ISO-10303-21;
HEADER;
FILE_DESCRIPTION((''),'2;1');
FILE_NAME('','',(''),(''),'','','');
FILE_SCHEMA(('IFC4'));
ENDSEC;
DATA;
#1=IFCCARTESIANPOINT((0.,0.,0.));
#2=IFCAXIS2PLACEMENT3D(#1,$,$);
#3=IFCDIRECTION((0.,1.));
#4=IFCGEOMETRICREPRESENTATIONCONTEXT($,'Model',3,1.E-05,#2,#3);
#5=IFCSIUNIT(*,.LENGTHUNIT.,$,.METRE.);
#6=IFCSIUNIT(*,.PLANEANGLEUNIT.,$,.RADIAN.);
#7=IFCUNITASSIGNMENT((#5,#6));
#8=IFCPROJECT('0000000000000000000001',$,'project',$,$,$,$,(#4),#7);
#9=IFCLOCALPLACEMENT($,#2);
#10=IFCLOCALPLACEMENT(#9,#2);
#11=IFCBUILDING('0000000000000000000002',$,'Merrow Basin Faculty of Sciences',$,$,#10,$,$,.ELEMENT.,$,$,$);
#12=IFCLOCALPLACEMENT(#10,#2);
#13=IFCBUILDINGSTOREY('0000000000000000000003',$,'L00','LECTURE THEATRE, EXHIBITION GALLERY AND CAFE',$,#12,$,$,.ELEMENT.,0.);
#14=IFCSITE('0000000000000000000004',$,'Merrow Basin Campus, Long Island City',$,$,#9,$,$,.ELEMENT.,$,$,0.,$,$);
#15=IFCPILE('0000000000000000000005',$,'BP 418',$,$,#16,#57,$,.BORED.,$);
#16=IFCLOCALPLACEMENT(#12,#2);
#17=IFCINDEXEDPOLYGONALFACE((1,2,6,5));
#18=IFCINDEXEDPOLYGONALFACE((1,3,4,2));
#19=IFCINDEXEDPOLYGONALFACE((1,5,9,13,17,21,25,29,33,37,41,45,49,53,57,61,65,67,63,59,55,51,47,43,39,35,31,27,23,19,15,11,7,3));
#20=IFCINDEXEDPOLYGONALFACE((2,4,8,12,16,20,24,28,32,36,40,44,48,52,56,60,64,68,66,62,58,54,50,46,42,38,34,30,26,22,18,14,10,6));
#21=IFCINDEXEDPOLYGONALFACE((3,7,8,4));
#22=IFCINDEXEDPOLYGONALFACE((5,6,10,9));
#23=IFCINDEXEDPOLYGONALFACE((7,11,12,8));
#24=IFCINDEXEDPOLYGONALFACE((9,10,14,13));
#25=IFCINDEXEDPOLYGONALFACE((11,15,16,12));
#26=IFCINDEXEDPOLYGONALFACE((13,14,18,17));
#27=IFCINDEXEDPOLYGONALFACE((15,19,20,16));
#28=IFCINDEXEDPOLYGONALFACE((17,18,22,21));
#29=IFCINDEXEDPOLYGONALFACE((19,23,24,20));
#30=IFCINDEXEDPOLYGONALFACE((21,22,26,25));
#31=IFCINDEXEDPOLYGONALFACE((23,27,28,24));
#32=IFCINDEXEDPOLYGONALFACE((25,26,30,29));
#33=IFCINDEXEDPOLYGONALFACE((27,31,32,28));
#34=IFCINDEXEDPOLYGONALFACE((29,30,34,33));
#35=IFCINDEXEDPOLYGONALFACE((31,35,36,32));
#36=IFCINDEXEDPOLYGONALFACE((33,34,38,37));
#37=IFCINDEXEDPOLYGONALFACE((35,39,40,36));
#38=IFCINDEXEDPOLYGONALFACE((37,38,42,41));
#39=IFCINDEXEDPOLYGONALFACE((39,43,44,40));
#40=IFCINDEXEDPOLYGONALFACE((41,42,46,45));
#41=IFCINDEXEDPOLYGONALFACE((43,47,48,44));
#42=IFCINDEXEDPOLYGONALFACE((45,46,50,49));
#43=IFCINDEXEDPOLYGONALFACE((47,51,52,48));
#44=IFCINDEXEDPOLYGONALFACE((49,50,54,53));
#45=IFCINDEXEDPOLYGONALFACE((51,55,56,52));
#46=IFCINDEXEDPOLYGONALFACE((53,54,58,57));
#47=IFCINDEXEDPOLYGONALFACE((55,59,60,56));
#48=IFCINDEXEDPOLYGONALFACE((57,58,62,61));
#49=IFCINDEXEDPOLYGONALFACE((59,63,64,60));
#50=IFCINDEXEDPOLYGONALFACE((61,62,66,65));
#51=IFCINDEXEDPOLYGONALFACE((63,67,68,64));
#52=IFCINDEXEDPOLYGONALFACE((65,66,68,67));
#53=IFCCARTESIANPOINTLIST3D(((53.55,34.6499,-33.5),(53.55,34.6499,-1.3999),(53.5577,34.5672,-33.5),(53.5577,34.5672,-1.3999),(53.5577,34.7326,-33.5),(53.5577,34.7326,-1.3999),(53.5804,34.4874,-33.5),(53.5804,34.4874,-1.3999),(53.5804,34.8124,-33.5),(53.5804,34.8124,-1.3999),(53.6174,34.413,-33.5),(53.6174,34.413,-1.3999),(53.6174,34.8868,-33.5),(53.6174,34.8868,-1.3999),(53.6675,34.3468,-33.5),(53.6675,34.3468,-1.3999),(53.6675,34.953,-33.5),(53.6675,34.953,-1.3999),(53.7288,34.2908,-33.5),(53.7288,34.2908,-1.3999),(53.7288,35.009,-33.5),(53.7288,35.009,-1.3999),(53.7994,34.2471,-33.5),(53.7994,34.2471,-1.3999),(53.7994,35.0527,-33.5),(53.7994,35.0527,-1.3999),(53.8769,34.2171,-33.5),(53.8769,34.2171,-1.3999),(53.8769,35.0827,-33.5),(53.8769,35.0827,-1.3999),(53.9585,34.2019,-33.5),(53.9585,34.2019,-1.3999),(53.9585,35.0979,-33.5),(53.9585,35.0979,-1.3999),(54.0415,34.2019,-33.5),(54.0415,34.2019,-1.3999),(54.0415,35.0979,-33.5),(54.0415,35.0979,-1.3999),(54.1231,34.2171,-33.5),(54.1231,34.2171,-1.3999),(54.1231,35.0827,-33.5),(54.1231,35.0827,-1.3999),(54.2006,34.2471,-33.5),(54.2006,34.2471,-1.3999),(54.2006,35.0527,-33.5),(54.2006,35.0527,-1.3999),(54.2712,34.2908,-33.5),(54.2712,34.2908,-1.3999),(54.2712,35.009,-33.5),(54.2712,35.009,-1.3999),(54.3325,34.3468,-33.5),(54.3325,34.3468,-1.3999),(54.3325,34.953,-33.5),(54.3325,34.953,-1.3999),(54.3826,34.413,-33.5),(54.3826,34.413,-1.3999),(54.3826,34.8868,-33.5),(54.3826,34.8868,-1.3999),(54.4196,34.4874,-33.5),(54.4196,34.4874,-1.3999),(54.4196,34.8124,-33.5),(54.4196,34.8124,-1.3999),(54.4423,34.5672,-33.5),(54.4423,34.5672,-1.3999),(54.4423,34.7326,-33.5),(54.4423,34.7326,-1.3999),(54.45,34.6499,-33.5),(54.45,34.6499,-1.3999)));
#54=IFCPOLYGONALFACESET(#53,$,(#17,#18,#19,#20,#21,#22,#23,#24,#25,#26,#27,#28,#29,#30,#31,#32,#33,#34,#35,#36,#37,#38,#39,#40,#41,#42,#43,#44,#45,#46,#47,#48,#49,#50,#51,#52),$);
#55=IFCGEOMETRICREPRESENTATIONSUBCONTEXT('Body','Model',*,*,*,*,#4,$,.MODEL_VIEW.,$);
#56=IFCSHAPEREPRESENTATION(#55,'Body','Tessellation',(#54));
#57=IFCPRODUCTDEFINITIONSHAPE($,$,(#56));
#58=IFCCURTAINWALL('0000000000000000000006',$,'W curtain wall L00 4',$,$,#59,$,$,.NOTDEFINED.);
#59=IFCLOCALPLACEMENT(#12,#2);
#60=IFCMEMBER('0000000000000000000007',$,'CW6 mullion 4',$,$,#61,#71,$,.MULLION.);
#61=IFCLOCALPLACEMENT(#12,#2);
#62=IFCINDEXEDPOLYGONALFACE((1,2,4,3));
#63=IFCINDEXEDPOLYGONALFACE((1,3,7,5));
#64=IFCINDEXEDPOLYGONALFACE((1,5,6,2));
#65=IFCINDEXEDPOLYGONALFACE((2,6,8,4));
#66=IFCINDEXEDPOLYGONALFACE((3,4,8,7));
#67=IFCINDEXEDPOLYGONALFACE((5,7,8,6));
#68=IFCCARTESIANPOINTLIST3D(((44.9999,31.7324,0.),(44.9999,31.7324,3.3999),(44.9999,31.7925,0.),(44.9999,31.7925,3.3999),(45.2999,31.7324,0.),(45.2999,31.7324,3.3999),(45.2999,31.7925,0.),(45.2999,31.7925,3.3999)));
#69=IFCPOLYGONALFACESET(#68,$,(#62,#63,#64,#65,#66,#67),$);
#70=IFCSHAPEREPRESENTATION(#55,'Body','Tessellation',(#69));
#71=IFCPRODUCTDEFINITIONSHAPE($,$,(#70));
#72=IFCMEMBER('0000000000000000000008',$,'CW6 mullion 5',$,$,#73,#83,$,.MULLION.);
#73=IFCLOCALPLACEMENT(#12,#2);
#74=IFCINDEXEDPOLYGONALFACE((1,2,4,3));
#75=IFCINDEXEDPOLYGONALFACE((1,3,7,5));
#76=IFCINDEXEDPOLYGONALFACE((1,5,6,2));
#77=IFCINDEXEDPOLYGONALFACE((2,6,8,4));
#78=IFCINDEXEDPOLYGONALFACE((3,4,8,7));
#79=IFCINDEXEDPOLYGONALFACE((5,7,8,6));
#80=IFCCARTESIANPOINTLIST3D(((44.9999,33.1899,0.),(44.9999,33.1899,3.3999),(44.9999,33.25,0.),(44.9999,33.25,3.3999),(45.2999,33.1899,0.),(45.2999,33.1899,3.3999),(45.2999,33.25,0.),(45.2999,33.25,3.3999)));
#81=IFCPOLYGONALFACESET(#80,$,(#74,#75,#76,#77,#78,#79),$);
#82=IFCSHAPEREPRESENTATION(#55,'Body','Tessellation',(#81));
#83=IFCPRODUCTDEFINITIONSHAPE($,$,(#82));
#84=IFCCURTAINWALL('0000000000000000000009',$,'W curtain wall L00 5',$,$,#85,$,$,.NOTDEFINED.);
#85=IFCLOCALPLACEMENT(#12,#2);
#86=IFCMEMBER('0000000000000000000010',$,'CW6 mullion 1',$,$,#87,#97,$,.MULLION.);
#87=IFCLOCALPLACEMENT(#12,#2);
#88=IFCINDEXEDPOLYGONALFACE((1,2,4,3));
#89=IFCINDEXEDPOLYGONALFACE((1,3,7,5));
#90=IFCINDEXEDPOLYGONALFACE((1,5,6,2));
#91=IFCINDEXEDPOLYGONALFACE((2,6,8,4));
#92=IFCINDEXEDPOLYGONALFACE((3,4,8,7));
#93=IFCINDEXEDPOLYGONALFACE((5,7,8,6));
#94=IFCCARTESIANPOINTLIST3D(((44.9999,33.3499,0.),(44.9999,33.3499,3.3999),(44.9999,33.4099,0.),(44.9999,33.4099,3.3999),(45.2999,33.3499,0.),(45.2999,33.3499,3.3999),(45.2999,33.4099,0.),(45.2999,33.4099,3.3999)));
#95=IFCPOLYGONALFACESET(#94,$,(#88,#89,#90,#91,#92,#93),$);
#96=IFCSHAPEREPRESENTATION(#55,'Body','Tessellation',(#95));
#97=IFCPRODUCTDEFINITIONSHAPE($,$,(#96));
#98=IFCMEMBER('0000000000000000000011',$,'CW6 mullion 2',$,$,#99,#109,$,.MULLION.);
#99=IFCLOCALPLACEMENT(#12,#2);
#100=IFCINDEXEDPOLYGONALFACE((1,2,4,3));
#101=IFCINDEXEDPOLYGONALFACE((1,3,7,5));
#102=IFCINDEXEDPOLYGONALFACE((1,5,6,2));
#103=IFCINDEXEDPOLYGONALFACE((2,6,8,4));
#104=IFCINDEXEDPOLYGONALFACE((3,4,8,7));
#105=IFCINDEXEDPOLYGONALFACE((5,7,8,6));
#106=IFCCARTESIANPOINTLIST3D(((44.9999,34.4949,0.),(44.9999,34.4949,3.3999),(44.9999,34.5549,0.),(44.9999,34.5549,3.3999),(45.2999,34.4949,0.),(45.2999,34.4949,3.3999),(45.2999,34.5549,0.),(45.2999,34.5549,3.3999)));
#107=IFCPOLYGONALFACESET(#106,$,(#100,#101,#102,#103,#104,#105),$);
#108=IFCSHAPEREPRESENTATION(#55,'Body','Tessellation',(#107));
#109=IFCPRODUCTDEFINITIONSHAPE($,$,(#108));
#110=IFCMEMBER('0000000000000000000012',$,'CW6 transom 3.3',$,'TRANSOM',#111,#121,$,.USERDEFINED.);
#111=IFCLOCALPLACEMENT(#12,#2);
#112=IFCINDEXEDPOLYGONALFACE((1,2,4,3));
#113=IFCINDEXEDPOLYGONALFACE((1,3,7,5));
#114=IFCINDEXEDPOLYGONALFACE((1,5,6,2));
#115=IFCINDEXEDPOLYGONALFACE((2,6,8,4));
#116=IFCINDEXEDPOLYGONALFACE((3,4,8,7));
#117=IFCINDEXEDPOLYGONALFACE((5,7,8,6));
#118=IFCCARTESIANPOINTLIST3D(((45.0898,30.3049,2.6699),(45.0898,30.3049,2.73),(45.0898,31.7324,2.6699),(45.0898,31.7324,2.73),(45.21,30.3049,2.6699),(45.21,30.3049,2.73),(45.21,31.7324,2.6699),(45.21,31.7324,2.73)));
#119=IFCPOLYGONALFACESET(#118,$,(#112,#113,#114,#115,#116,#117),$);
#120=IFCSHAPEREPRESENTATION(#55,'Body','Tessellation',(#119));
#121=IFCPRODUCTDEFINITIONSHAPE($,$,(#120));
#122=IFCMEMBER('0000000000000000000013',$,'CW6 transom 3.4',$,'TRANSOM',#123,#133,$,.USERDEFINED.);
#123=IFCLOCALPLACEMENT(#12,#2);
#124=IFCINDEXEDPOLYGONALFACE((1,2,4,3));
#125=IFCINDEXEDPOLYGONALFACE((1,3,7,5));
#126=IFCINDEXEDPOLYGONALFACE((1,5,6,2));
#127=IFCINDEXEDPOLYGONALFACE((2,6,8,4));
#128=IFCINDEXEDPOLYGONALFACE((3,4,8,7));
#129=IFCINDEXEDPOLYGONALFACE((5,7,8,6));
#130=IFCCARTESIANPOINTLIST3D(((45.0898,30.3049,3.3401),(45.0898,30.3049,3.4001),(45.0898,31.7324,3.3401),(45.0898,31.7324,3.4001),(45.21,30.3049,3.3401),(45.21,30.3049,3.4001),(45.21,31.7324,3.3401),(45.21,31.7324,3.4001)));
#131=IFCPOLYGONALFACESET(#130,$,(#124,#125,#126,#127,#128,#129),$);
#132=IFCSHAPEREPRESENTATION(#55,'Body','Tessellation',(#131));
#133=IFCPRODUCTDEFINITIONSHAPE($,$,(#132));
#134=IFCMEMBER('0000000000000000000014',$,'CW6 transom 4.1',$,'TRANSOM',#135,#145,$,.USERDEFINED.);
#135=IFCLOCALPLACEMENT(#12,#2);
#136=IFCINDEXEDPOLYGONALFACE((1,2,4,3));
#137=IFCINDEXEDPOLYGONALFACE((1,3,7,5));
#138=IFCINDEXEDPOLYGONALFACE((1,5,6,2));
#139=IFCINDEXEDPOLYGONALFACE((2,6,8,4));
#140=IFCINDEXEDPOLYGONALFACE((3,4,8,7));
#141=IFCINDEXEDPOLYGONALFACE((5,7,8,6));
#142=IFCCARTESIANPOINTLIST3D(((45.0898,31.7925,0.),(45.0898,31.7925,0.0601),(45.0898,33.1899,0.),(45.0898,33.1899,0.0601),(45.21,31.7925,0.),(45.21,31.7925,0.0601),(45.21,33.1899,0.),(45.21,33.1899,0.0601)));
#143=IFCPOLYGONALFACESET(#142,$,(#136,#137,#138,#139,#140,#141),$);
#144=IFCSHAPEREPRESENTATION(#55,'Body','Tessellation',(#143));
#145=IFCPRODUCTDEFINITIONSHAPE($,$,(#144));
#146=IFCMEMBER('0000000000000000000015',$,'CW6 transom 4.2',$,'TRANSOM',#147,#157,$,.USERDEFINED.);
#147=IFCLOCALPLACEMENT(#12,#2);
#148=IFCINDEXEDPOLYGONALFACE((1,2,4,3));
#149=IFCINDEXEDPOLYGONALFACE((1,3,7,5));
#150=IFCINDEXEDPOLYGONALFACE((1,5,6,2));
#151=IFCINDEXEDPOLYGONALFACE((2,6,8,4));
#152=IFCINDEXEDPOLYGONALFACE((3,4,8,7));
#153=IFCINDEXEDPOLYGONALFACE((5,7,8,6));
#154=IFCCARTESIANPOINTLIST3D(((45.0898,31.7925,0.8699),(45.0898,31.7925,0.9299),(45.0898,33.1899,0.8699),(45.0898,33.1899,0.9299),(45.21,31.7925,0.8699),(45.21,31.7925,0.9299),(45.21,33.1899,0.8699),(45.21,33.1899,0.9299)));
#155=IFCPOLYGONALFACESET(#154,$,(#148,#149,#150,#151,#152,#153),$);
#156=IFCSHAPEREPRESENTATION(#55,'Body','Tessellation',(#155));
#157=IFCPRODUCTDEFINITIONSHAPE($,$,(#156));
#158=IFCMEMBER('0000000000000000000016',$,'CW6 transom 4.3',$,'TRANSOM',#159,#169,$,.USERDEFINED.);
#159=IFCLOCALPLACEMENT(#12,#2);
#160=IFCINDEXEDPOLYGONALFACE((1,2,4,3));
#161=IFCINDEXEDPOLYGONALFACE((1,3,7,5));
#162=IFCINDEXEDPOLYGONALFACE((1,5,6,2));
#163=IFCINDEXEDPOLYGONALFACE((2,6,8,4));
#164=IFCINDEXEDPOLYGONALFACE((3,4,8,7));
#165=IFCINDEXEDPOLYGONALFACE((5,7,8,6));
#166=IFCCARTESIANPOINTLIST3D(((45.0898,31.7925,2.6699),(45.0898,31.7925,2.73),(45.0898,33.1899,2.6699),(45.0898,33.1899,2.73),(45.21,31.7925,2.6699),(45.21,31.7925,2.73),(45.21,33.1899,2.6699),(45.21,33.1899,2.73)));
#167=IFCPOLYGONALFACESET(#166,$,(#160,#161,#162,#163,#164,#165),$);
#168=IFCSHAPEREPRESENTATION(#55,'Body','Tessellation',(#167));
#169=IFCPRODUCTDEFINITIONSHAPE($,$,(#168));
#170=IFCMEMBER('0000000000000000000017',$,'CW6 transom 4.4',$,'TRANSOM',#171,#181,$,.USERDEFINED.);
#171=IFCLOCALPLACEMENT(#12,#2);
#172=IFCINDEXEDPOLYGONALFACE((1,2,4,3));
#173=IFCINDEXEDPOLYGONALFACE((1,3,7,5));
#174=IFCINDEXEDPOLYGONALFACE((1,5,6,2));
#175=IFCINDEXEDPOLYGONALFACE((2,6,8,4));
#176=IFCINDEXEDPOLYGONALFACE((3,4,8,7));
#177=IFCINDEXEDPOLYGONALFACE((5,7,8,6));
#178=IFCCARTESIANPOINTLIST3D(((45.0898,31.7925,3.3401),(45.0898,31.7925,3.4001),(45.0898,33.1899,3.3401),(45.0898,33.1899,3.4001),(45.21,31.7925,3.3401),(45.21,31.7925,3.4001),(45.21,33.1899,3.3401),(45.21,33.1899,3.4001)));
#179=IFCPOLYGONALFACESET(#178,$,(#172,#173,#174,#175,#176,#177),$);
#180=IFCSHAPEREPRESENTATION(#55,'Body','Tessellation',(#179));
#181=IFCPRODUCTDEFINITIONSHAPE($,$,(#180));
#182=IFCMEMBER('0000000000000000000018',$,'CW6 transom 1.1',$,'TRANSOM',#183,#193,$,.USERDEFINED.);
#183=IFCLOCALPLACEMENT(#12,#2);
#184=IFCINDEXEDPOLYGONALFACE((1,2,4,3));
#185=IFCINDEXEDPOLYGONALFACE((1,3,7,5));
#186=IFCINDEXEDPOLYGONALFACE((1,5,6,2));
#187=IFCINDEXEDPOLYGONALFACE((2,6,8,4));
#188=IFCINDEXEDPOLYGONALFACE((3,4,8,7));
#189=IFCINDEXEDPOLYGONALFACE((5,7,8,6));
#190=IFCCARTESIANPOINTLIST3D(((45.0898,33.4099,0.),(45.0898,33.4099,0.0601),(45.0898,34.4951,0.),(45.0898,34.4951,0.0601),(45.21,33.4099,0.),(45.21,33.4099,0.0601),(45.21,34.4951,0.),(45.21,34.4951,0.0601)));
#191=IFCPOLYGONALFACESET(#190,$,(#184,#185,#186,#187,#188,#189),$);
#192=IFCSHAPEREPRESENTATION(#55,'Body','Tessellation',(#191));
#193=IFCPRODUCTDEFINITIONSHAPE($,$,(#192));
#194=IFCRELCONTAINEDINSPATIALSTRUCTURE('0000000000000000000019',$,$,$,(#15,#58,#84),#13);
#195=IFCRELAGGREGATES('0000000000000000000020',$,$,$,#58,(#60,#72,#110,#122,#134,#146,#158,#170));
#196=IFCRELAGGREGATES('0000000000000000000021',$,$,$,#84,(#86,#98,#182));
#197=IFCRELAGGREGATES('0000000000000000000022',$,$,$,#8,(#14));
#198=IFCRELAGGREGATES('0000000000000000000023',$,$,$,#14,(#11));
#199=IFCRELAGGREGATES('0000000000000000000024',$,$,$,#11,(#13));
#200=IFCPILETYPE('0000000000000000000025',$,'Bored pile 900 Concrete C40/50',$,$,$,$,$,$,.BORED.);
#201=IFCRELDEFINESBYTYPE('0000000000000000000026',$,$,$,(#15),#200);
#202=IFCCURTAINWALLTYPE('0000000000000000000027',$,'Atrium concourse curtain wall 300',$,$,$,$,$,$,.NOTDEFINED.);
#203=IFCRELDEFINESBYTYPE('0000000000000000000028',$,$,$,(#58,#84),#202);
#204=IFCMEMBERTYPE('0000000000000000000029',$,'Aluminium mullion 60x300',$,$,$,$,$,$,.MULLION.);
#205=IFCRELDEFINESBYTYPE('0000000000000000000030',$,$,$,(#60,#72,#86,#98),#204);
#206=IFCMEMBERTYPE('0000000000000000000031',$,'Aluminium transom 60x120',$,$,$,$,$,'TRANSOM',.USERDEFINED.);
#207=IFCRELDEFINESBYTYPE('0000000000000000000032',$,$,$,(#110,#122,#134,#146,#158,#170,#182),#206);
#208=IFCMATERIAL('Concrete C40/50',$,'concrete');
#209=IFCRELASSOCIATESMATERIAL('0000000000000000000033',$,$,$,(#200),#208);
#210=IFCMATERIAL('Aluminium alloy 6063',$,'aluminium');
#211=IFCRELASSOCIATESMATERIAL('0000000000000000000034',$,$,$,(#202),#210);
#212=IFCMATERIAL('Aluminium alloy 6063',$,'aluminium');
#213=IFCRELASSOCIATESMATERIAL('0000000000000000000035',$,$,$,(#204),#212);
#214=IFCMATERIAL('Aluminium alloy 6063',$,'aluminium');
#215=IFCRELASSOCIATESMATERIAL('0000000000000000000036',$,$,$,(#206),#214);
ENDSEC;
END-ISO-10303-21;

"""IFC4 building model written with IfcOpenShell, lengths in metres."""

from ifc_helpers import new_model, si_unit, direction, frame, origin, origin_2d, place, context, subcontext, project, spatial, rectangle, circle, extrude, material, material_profile, profile_set, type_object, element, aggregate, save


model = new_model("IFC4")

# Units and contexts
model_context = context("Model", 3, precision=1e-05, world=origin(), true_north=direction((0.0, 1.0)))
body_context = subcontext(model_context, "Body", "Model", "MODEL_VIEW")
ifc_project = project(units=[si_unit("LENGTHUNIT", "METRE"), si_unit("PLANEANGLEUNIT", "RADIAN")], contexts=[model_context])

# Site, building, storey
site_placement = place(None, origin())
site = spatial("IfcSite", under=ifc_project, at=site_placement, Name="Merrow Basin Campus, Long Island City", CompositionType="ELEMENT", RefElevation=0.0)
building_placement = place(site_placement, origin())
building = spatial("IfcBuilding", under=site, at=building_placement, Name="Merrow Basin Faculty of Sciences", CompositionType="ELEMENT")
storey_placement = place(building_placement, origin())
storey = spatial("IfcBuildingStorey", under=building, at=storey_placement, Name="L00", Description="LECTURE THEATRE, EXHIBITION GALLERY AND CAFE", CompositionType="ELEMENT", Elevation=0.0)

# Pile
ifc_material_1 = material(Name="Concrete C40/50", Category="concrete")
ifc_material_profile_1 = material_profile(ifc_material_1, circle(Radius=0.45, at=origin_2d()))
ifc_profile_set_1 = profile_set([ifc_material_profile_1], Name="Concrete C40/50")
pile_type = type_object("IfcPileType", Name="Bored pile 900 Concrete C40/50", PredefinedType="BORED", material=ifc_profile_set_1)
pile_placement = place(storey_placement, frame((54.0, 34.6499, -1.3999), z_axis=(0.0, 0.0, -1.0), x_axis=(1.0, 0.0, 0.0)))
element("IfcPile", 1, at=pile_placement, inside=storey, type_object=pile_type, Name="BP 418", PredefinedType="BORED", context=body_context, shape_type="SweptSolid", body=[
    extrude(circle(Radius=0.45, at=origin_2d()), origin(), (0.0, 0.0, 1.0), 32.1001),
])

# Curtain walls, members
ifc_material_2 = material(Name="Aluminium alloy 6063", Category="aluminium")
curtain_wall_type = type_object("IfcCurtainWallType", Name="Atrium concourse curtain wall 300", PredefinedType="NOTDEFINED", material=ifc_material_2)
curtain_wall_1_placement = place(storey_placement, origin())
curtain_wall_1 = element("IfcCurtainWall", 2, at=curtain_wall_1_placement, inside=storey, type_object=curtain_wall_type, Name="W curtain wall L00 4", PredefinedType="NOTDEFINED")
ifc_material_3 = material(Name="Aluminium alloy 6063", Category="aluminium")
ifc_material_profile_2 = material_profile(ifc_material_3, rectangle(XDim=0.3, YDim=0.0601, at=origin_2d()))
ifc_profile_set_2 = profile_set([ifc_material_profile_2], Name="Aluminium alloy 6063")
member_type_1 = type_object("IfcMemberType", Name="Aluminium mullion 60x300", PredefinedType="MULLION", material=ifc_profile_set_2)
member_1_placement = place(storey_placement, frame((45.1499, 31.7625, 0.0), z_axis=(0.0, 0.0, 1.0), x_axis=(-1.0, 0.0, 0.0)))
member_1 = element("IfcMember", 3, at=member_1_placement, type_object=member_type_1, Name="CW6 mullion 4", PredefinedType="MULLION", context=body_context, shape_type="SweptSolid", body=[
    extrude(rectangle(XDim=0.3, YDim=0.0601, at=origin_2d()), origin(), (0.0, 0.0, 1.0), 3.3999),
])
member_2_placement = place(storey_placement, frame((45.1499, 33.22, 0.0), z_axis=(0.0, 0.0, 1.0), x_axis=(-1.0, 0.0, 0.0)))
member_2 = element("IfcMember", 4, at=member_2_placement, type_object=member_type_1, Name="CW6 mullion 5", PredefinedType="MULLION", context=body_context, shape_type="SweptSolid", body=[
    extrude(rectangle(XDim=0.3, YDim=0.0601, at=origin_2d()), origin(), (0.0, 0.0, 1.0), 3.3999),
])
curtain_wall_2_placement = place(storey_placement, origin())
curtain_wall_2 = element("IfcCurtainWall", 5, at=curtain_wall_2_placement, inside=storey, type_object=curtain_wall_type, Name="W curtain wall L00 5", PredefinedType="NOTDEFINED")
member_3_placement = place(storey_placement, frame((45.1499, 33.3799, 0.0), z_axis=(0.0, 0.0, 1.0), x_axis=(-1.0, 0.0, 0.0)))
member_3 = element("IfcMember", 6, at=member_3_placement, type_object=member_type_1, Name="CW6 mullion 1", PredefinedType="MULLION", context=body_context, shape_type="SweptSolid", body=[
    extrude(rectangle(XDim=0.3, YDim=0.0601, at=origin_2d()), origin(), (0.0, 0.0, 1.0), 3.3999),
])
member_4_placement = place(storey_placement, frame((45.1499, 34.5249, 0.0), z_axis=(0.0, 0.0, 1.0), x_axis=(-1.0, 0.0, 0.0)))
member_4 = element("IfcMember", 7, at=member_4_placement, type_object=member_type_1, Name="CW6 mullion 2", PredefinedType="MULLION", context=body_context, shape_type="SweptSolid", body=[
    extrude(rectangle(XDim=0.3, YDim=0.0601, at=origin_2d()), origin(), (0.0, 0.0, 1.0), 3.3999),
])

# Members
ifc_material_4 = material(Name="Aluminium alloy 6063", Category="aluminium")
ifc_material_profile_3 = material_profile(ifc_material_4, rectangle(XDim=0.1201, YDim=0.0601, at=origin_2d()))
ifc_profile_set_3 = profile_set([ifc_material_profile_3], Name="Aluminium alloy 6063")
member_type_2 = type_object("IfcMemberType", Name="Aluminium transom 60x120", ElementType="TRANSOM", PredefinedType="USERDEFINED", material=ifc_profile_set_3)
member_5_placement = place(storey_placement, frame((45.1499, 30.3049, 2.7), z_axis=(0.0, 1.0, 0.0), x_axis=(-1.0, 0.0, 0.0)))
member_5 = element("IfcMember", 8, at=member_5_placement, type_object=member_type_2, Name="CW6 transom 3.3", ObjectType="TRANSOM", PredefinedType="USERDEFINED", context=body_context, shape_type="SweptSolid", body=[
    extrude(rectangle(XDim=0.1201, YDim=0.0601, at=origin_2d()), origin(), (0.0, 0.0, 1.0), 1.4275),
])
member_6_placement = place(storey_placement, frame((45.1499, 30.3049, 3.3701), z_axis=(0.0, 1.0, 0.0), x_axis=(-1.0, 0.0, 0.0)))
member_6 = element("IfcMember", 9, at=member_6_placement, type_object=member_type_2, Name="CW6 transom 3.4", ObjectType="TRANSOM", PredefinedType="USERDEFINED", context=body_context, shape_type="SweptSolid", body=[
    extrude(rectangle(XDim=0.1201, YDim=0.0601, at=origin_2d()), origin(), (0.0, 0.0, 1.0), 1.4275),
])
member_7_placement = place(storey_placement, frame((45.1499, 31.7925, 0.03), z_axis=(0.0, 1.0, 0.0), x_axis=(-1.0, 0.0, 0.0)))
member_7 = element("IfcMember", 10, at=member_7_placement, type_object=member_type_2, Name="CW6 transom 4.1", ObjectType="TRANSOM", PredefinedType="USERDEFINED", context=body_context, shape_type="SweptSolid", body=[
    extrude(rectangle(XDim=0.1201, YDim=0.0601, at=origin_2d()), origin(), (0.0, 0.0, 1.0), 1.3975),
])
member_8_placement = place(storey_placement, frame((45.1499, 31.7925, 0.8999), z_axis=(0.0, 1.0, 0.0), x_axis=(-1.0, 0.0, 0.0)))
member_8 = element("IfcMember", 11, at=member_8_placement, type_object=member_type_2, Name="CW6 transom 4.2", ObjectType="TRANSOM", PredefinedType="USERDEFINED", context=body_context, shape_type="SweptSolid", body=[
    extrude(rectangle(XDim=0.1201, YDim=0.0601, at=origin_2d()), origin(), (0.0, 0.0, 1.0), 1.3975),
])
member_9_placement = place(storey_placement, frame((45.1499, 31.7925, 2.7), z_axis=(0.0, 1.0, 0.0), x_axis=(-1.0, 0.0, 0.0)))
member_9 = element("IfcMember", 12, at=member_9_placement, type_object=member_type_2, Name="CW6 transom 4.3", ObjectType="TRANSOM", PredefinedType="USERDEFINED", context=body_context, shape_type="SweptSolid", body=[
    extrude(rectangle(XDim=0.1201, YDim=0.0601, at=origin_2d()), origin(), (0.0, 0.0, 1.0), 1.3975),
])
member_10_placement = place(storey_placement, frame((45.1499, 31.7925, 3.3701), z_axis=(0.0, 1.0, 0.0), x_axis=(-1.0, 0.0, 0.0)))
member_10 = element("IfcMember", 13, at=member_10_placement, type_object=member_type_2, Name="CW6 transom 4.4", ObjectType="TRANSOM", PredefinedType="USERDEFINED", context=body_context, shape_type="SweptSolid", body=[
    extrude(rectangle(XDim=0.1201, YDim=0.0601, at=origin_2d()), origin(), (0.0, 0.0, 1.0), 1.3975),
])
member_11_placement = place(storey_placement, frame((45.1499, 33.4099, 0.03), z_axis=(0.0, 1.0, 0.0), x_axis=(-1.0, 0.0, 0.0)))
member_11 = element("IfcMember", 14, at=member_11_placement, type_object=member_type_2, Name="CW6 transom 1.1", ObjectType="TRANSOM", PredefinedType="USERDEFINED", context=body_context, shape_type="SweptSolid", body=[
    extrude(rectangle(XDim=0.1201, YDim=0.0601, at=origin_2d()), origin(), (0.0, 0.0, 1.0), 1.0852),
])

aggregate(curtain_wall_1, [member_1, member_2, member_5, member_6, member_7, member_8, member_9, member_10])
aggregate(curtain_wall_2, [member_3, member_4, member_11])

save(model, "model.ifc")
